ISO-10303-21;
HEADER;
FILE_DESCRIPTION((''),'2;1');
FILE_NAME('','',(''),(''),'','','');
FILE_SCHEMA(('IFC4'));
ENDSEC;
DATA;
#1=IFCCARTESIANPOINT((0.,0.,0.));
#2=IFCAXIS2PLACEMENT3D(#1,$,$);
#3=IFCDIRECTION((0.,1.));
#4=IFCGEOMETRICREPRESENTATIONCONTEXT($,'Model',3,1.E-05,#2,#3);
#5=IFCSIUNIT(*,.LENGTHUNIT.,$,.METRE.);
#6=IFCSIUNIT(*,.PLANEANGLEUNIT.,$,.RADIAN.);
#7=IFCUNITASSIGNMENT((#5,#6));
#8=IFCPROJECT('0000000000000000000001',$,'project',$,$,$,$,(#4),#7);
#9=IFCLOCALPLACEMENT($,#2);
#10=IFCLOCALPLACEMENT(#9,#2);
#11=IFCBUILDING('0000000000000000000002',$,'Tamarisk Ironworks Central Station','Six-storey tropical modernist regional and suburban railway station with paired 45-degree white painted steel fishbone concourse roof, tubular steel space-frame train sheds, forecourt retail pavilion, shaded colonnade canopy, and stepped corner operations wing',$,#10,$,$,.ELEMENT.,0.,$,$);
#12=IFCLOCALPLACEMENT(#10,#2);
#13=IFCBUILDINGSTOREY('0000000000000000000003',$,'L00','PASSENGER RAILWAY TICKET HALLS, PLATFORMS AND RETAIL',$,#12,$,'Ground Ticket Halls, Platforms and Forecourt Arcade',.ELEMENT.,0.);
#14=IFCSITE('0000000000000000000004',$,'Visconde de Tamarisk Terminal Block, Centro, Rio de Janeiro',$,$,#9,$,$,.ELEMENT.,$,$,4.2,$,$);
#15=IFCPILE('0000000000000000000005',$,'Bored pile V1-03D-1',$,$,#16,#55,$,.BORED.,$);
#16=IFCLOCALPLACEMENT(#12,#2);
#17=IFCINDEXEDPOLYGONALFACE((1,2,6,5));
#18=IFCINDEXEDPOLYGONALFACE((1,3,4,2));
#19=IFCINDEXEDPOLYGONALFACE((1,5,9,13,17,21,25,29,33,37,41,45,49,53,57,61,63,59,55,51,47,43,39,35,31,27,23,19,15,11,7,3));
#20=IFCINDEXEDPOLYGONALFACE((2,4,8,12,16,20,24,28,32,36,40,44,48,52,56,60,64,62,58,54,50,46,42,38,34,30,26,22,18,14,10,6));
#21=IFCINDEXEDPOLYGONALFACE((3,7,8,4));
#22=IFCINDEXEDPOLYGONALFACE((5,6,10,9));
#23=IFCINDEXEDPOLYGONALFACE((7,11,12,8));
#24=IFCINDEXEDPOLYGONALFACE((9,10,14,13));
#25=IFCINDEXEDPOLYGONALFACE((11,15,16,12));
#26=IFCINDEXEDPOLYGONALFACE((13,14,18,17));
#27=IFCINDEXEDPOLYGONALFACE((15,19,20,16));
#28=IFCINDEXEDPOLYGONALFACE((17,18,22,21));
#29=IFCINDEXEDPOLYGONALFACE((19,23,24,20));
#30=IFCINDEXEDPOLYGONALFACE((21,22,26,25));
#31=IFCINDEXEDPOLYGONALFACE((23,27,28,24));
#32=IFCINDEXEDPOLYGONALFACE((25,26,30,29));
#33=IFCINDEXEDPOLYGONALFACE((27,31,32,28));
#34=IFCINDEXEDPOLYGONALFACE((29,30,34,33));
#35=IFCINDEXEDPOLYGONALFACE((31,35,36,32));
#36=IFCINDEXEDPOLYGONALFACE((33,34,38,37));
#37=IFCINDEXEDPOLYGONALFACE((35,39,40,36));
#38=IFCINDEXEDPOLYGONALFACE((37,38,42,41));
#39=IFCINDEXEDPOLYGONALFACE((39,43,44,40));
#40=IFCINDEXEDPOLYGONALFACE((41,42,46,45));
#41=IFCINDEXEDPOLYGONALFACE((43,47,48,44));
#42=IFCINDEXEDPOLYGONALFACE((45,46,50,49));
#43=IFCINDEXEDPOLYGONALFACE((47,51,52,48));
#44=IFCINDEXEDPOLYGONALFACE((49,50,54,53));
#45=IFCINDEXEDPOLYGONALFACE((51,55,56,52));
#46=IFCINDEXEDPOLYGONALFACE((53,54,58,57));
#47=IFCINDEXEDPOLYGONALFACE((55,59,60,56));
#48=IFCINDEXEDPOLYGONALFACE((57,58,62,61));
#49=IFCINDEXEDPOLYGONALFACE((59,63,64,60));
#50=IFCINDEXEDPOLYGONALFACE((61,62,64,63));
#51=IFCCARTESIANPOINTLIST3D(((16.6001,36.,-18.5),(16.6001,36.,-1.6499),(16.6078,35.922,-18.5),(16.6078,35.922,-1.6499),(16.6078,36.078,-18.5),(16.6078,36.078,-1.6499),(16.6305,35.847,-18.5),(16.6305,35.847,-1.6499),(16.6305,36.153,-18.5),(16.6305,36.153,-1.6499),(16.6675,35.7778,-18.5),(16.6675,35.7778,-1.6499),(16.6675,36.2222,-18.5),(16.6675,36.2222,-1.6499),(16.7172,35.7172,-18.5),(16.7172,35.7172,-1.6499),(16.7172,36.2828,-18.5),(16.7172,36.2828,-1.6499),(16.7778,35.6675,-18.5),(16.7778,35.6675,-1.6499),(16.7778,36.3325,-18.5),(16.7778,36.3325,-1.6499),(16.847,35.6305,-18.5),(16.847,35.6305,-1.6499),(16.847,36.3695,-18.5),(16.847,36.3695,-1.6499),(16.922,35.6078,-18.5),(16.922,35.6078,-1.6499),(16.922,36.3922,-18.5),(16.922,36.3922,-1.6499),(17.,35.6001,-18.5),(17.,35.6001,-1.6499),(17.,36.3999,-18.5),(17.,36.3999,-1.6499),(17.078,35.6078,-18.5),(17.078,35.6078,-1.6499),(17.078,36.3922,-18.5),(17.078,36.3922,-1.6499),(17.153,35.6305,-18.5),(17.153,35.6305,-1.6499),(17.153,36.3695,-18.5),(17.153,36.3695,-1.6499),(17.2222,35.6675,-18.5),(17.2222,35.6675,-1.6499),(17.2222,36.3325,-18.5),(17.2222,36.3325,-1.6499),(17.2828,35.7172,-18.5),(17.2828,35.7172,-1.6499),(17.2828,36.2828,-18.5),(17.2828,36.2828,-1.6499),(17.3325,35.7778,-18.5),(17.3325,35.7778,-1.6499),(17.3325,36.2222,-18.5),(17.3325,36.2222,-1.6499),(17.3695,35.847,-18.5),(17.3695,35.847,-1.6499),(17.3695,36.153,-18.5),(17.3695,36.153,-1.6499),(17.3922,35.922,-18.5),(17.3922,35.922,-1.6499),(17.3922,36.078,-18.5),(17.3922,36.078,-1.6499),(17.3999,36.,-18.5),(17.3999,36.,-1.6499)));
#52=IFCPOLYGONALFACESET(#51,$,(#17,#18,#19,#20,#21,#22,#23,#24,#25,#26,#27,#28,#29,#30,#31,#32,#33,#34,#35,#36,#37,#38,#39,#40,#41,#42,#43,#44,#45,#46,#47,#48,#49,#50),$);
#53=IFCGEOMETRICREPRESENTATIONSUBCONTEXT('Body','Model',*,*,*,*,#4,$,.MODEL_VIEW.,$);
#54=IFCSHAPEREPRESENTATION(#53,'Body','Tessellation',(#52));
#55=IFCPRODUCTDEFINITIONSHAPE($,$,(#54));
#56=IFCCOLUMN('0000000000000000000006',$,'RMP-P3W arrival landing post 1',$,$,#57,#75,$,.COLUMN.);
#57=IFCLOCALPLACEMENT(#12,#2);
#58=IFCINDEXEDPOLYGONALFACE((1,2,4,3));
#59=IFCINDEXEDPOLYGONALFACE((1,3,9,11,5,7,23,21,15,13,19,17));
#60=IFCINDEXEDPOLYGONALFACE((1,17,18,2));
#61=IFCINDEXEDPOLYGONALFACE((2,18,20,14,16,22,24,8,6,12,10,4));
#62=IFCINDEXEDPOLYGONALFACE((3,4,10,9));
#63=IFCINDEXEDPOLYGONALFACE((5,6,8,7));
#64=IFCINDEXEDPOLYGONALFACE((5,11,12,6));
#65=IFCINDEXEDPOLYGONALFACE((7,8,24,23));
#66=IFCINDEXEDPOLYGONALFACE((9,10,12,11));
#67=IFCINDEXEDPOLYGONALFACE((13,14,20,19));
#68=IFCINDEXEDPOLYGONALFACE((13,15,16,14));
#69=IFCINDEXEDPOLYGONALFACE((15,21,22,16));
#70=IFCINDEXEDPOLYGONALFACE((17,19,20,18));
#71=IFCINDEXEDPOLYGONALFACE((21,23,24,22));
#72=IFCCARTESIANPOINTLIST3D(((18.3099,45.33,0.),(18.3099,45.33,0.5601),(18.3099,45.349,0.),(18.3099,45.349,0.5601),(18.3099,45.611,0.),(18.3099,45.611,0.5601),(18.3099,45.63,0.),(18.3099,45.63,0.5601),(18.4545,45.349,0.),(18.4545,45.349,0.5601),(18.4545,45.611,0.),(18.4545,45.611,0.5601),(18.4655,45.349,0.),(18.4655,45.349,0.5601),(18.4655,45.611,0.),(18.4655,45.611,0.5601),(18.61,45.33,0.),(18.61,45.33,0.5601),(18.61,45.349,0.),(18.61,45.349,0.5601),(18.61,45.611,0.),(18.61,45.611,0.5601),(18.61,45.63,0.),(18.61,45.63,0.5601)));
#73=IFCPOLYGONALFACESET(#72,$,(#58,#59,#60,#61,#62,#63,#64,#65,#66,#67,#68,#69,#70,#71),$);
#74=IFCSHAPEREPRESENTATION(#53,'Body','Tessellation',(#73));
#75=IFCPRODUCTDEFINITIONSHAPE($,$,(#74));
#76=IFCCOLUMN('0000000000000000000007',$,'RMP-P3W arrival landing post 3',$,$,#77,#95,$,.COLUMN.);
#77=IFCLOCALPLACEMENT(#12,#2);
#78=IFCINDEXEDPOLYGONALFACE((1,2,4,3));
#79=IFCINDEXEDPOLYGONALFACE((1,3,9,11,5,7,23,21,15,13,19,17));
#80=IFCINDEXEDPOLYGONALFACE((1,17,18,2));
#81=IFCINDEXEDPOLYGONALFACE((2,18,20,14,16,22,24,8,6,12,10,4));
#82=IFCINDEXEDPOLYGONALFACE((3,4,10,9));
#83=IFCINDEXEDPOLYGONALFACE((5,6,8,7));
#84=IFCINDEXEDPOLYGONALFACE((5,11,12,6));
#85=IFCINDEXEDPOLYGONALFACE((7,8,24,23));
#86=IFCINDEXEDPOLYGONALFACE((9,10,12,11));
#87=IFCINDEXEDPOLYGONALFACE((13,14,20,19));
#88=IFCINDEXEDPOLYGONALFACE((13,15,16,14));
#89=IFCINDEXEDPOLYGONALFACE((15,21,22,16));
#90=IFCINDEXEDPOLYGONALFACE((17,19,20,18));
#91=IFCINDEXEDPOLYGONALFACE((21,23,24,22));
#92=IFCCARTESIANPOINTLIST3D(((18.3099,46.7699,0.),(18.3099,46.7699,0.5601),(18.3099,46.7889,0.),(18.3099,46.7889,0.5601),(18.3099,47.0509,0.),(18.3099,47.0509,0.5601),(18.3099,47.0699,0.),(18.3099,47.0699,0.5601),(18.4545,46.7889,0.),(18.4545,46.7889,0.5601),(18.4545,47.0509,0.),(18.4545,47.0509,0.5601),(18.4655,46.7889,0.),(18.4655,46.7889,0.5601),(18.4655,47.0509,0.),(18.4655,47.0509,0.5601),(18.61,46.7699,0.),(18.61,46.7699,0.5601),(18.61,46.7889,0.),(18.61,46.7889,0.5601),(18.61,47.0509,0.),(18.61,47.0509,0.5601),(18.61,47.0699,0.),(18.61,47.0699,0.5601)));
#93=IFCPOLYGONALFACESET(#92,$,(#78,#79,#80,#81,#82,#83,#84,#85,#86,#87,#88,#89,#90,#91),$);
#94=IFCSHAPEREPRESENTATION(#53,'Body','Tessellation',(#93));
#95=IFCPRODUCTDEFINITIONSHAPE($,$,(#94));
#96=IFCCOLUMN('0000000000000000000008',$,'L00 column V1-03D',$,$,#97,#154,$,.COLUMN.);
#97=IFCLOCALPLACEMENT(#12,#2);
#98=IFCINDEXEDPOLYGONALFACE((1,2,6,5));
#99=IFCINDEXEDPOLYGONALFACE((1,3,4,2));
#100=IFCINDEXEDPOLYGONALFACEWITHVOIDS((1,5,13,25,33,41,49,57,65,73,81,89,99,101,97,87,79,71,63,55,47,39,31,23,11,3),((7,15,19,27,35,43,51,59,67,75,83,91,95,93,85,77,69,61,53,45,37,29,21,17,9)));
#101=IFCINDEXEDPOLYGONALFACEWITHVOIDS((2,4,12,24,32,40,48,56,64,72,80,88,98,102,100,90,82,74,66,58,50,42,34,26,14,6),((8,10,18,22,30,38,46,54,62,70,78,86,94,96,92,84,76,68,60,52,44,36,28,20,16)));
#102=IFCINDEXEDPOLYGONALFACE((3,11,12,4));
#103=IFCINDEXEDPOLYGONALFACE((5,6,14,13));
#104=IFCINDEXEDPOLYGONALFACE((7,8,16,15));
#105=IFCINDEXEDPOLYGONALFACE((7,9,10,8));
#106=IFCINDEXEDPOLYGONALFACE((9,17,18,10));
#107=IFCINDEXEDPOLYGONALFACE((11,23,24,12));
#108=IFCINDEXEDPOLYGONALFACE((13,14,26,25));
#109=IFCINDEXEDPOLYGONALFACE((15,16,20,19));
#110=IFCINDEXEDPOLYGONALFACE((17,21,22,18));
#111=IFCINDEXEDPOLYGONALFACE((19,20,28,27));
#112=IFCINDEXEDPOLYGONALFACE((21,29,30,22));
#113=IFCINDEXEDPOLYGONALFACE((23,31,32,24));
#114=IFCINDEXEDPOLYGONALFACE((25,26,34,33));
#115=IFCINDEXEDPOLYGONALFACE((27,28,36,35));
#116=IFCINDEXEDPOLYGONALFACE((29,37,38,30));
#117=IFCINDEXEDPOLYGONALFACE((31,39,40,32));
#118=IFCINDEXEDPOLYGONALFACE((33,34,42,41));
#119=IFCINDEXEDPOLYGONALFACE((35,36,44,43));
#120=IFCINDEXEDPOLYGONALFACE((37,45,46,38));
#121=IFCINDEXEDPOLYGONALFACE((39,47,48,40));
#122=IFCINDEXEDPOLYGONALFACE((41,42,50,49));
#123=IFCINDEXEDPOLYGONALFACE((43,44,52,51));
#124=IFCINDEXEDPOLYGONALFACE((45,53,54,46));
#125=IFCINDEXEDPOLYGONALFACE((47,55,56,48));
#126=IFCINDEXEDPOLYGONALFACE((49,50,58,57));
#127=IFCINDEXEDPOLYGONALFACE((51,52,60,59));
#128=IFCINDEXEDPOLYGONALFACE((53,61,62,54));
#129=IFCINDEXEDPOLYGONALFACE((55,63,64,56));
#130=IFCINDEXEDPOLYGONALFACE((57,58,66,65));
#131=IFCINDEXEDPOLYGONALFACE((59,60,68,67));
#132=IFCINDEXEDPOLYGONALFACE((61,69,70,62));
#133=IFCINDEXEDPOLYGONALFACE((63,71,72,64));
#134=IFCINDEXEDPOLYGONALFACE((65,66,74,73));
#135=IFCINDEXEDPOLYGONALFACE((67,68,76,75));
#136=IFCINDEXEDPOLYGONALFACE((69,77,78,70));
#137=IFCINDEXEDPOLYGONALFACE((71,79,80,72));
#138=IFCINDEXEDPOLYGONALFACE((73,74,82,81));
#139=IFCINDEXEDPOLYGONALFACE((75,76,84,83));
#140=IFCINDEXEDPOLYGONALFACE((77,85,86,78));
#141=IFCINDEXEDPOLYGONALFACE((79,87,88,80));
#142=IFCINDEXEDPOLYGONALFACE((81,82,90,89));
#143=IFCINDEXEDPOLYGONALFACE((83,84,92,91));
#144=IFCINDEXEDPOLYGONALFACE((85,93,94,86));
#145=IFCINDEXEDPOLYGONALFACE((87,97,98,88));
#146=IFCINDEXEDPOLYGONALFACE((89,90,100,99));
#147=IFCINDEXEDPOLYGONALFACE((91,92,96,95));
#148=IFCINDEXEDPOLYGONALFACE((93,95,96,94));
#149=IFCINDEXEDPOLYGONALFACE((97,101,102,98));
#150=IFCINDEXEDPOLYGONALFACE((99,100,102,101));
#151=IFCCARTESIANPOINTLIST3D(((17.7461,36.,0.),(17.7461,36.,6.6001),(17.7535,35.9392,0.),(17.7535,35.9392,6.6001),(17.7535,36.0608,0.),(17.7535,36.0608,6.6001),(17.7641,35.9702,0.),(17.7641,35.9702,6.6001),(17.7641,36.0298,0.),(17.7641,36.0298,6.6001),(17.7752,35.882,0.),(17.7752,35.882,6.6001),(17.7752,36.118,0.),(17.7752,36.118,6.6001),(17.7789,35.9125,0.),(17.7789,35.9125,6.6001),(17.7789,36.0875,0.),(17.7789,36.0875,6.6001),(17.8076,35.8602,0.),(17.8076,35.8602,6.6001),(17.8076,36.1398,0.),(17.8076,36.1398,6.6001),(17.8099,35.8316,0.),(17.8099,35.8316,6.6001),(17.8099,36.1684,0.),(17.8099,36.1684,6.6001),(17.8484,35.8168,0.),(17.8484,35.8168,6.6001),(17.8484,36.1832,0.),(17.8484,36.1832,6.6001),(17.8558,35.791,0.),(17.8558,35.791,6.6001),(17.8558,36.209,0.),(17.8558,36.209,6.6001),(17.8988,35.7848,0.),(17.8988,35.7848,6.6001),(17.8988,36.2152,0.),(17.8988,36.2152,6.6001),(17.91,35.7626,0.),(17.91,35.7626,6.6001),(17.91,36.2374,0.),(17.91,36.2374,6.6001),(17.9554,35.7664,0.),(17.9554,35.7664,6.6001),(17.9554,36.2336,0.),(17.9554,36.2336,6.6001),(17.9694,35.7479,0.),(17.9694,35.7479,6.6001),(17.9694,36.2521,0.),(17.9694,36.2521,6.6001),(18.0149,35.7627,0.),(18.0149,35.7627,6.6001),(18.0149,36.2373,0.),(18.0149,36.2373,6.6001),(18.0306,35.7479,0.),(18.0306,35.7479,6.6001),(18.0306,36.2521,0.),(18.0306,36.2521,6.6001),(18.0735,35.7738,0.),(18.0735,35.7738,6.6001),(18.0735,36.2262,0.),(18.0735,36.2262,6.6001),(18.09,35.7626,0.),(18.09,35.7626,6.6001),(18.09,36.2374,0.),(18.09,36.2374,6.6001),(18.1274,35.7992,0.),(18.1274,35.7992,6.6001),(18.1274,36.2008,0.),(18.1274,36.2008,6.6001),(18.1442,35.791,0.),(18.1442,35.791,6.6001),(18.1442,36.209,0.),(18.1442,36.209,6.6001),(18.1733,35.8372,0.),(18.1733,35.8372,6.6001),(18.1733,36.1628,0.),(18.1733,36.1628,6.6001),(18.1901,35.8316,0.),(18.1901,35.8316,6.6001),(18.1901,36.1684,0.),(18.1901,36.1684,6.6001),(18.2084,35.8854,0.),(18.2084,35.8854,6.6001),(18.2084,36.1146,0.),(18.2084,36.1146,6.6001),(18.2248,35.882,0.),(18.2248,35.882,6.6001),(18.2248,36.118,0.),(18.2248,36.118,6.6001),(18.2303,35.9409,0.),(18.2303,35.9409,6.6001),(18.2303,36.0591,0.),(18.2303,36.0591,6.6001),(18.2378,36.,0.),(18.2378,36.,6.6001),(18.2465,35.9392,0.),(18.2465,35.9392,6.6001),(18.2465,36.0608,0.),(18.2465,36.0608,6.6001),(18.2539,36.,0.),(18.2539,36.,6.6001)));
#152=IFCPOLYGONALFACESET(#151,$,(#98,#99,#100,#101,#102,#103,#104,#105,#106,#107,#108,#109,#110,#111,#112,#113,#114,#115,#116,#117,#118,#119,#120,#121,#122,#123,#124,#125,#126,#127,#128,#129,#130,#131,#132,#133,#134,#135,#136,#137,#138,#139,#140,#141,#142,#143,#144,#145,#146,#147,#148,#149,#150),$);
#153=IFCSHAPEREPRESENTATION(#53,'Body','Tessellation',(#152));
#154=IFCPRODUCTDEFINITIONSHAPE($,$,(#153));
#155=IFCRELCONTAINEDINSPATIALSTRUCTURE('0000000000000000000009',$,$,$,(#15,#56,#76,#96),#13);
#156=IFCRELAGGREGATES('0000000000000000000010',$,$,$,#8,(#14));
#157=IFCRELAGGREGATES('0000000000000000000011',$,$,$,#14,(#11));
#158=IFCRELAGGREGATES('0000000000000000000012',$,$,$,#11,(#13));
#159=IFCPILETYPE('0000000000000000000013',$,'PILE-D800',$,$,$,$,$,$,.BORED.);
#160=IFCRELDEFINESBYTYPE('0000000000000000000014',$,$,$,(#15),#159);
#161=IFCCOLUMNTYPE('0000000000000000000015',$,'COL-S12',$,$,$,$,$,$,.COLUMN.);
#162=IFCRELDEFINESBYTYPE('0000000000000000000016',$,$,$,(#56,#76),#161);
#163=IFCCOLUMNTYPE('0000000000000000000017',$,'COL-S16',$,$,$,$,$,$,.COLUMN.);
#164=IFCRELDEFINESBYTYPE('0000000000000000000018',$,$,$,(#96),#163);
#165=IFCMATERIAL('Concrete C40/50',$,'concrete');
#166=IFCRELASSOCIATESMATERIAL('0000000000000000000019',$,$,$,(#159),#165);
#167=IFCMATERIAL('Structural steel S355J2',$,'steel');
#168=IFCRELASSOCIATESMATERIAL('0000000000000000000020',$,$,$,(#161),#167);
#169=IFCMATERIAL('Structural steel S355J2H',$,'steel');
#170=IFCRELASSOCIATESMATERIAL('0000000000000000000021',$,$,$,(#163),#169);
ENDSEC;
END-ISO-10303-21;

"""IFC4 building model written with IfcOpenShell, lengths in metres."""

from ifc_helpers import new_model, si_unit, direction, frame, origin, origin_2d, place, context, subcontext, project, spatial, circle, hollow_circle, i_section, extrude, material, material_profile, profile_set, type_object, element, save


model = new_model("IFC4")

# Units and contexts
model_context = context("Model", 3, precision=1e-05, world=origin(), true_north=direction((0.0, 1.0)))
body_context = subcontext(model_context, "Body", "Model", "MODEL_VIEW")
ifc_project = project(units=[si_unit("LENGTHUNIT", "METRE"), si_unit("PLANEANGLEUNIT", "RADIAN")], contexts=[model_context])

# Site, building, storey
site_placement = place(None, origin())
site = spatial("IfcSite", under=ifc_project, at=site_placement, Name="Visconde de Tamarisk Terminal Block, Centro, Rio de Janeiro", CompositionType="ELEMENT", RefElevation=4.2)
building_placement = place(site_placement, origin())
building = spatial("IfcBuilding", under=site, at=building_placement, Name="Tamarisk Ironworks Central Station", Description="Six-storey tropical modernist regional and suburban railway station with paired 45-degree white painted steel fishbone concourse roof, tubular steel space-frame train sheds, forecourt retail pavilion, shaded colonnade canopy, and stepped corner operations wing", CompositionType="ELEMENT", ElevationOfRefHeight=0.0)
storey_placement = place(building_placement, origin())
storey = spatial("IfcBuildingStorey", under=building, at=storey_placement, Name="L00", Description="PASSENGER RAILWAY TICKET HALLS, PLATFORMS AND RETAIL", LongName="Ground Ticket Halls, Platforms and Forecourt Arcade", CompositionType="ELEMENT", Elevation=0.0)

# Shared definitions
ifc_material_1 = material(Name="Concrete C40/50", Category="concrete")

# Pile
ifc_material_profile_1 = material_profile(ifc_material_1, circle(Radius=0.3999, at=origin_2d()), Name="BORED PILE D800")
ifc_profile_set_1 = profile_set([ifc_material_profile_1], Name="Concrete C40/50")
pile_type = type_object("IfcPileType", Name="PILE-D800", PredefinedType="BORED", material=ifc_profile_set_1)
for number, where, z_axis, x_axis, name in (
    (1, (17.0, 36.0, -1.6499), (0.0, 0.0, -1.0), (1.0, 0.0, 0.0), "Bored pile V1-03D-1"),
):
    element("IfcPile", number, at=place(storey_placement, frame(where, z_axis=z_axis, x_axis=x_axis)), inside=storey, type_object=pile_type, Name=name, PredefinedType="BORED", context=body_context, shape_type="SweptSolid", body=[
        extrude(circle(Radius=0.3999, at=origin_2d()), origin(), (0.0, 0.0, 1.0), 16.8501),
    ])

# Columns
ifc_material_2 = material(Name="Structural steel S355J2", Category="steel")
ifc_material_profile_2 = material_profile(ifc_material_2, i_section(OverallWidth=0.3, OverallDepth=0.3, WebThickness=0.011, FlangeThickness=0.019, at=origin_2d()), Name="HEB 300")
ifc_profile_set_2 = profile_set([ifc_material_profile_2], Name="Structural steel S355J2")
column_type_1 = type_object("IfcColumnType", Name="COL-S12", PredefinedType="COLUMN", material=ifc_profile_set_2)
for number, where, z_axis, x_axis, name in (
    (2, (18.46, 45.48, 0.0), (0.0, 0.0, 1.0), (1.0, 0.0, 0.0), "RMP-P3W arrival landing post 1"),
    (3, (18.46, 46.9199, 0.0), (0.0, 0.0, 1.0), (1.0, 0.0, 0.0), "RMP-P3W arrival landing post 3"),
):
    element("IfcColumn", number, at=place(storey_placement, frame(where, z_axis=z_axis, x_axis=x_axis)), inside=storey, type_object=column_type_1, Name=name, PredefinedType="COLUMN", context=body_context, shape_type="SweptSolid", body=[
        extrude(i_section(OverallWidth=0.3, OverallDepth=0.3, WebThickness=0.011, FlangeThickness=0.019, at=origin_2d()), origin(), (0.0, 0.0, 1.0), 0.5601),
    ])
ifc_material_3 = material(Name="Structural steel S355J2H", Category="steel")
ifc_material_profile_3 = material_profile(ifc_material_3, hollow_circle(Radius=0.2539, WallThickness=0.0161, at=origin_2d()), Name="CHS 508x16")
ifc_profile_set_3 = profile_set([ifc_material_profile_3], Name="Structural steel S355J2H")
column_type_2 = type_object("IfcColumnType", Name="COL-S16", PredefinedType="COLUMN", material=ifc_profile_set_3)
column_1_placement = place(storey_placement, frame((18.0, 36.0, 0.0), z_axis=(0.0, 0.0, 1.0), x_axis=(1.0, 0.0, 0.0)))
element("IfcColumn", 4, at=column_1_placement, inside=storey, type_object=column_type_2, Name="L00 column V1-03D", PredefinedType="COLUMN", context=body_context, shape_type="SweptSolid", body=[
    extrude(hollow_circle(Radius=0.2539, WallThickness=0.0161, at=origin_2d()), origin(), (0.0, 0.0, 1.0), 6.6001),
])

save(model, "model.ifc")
